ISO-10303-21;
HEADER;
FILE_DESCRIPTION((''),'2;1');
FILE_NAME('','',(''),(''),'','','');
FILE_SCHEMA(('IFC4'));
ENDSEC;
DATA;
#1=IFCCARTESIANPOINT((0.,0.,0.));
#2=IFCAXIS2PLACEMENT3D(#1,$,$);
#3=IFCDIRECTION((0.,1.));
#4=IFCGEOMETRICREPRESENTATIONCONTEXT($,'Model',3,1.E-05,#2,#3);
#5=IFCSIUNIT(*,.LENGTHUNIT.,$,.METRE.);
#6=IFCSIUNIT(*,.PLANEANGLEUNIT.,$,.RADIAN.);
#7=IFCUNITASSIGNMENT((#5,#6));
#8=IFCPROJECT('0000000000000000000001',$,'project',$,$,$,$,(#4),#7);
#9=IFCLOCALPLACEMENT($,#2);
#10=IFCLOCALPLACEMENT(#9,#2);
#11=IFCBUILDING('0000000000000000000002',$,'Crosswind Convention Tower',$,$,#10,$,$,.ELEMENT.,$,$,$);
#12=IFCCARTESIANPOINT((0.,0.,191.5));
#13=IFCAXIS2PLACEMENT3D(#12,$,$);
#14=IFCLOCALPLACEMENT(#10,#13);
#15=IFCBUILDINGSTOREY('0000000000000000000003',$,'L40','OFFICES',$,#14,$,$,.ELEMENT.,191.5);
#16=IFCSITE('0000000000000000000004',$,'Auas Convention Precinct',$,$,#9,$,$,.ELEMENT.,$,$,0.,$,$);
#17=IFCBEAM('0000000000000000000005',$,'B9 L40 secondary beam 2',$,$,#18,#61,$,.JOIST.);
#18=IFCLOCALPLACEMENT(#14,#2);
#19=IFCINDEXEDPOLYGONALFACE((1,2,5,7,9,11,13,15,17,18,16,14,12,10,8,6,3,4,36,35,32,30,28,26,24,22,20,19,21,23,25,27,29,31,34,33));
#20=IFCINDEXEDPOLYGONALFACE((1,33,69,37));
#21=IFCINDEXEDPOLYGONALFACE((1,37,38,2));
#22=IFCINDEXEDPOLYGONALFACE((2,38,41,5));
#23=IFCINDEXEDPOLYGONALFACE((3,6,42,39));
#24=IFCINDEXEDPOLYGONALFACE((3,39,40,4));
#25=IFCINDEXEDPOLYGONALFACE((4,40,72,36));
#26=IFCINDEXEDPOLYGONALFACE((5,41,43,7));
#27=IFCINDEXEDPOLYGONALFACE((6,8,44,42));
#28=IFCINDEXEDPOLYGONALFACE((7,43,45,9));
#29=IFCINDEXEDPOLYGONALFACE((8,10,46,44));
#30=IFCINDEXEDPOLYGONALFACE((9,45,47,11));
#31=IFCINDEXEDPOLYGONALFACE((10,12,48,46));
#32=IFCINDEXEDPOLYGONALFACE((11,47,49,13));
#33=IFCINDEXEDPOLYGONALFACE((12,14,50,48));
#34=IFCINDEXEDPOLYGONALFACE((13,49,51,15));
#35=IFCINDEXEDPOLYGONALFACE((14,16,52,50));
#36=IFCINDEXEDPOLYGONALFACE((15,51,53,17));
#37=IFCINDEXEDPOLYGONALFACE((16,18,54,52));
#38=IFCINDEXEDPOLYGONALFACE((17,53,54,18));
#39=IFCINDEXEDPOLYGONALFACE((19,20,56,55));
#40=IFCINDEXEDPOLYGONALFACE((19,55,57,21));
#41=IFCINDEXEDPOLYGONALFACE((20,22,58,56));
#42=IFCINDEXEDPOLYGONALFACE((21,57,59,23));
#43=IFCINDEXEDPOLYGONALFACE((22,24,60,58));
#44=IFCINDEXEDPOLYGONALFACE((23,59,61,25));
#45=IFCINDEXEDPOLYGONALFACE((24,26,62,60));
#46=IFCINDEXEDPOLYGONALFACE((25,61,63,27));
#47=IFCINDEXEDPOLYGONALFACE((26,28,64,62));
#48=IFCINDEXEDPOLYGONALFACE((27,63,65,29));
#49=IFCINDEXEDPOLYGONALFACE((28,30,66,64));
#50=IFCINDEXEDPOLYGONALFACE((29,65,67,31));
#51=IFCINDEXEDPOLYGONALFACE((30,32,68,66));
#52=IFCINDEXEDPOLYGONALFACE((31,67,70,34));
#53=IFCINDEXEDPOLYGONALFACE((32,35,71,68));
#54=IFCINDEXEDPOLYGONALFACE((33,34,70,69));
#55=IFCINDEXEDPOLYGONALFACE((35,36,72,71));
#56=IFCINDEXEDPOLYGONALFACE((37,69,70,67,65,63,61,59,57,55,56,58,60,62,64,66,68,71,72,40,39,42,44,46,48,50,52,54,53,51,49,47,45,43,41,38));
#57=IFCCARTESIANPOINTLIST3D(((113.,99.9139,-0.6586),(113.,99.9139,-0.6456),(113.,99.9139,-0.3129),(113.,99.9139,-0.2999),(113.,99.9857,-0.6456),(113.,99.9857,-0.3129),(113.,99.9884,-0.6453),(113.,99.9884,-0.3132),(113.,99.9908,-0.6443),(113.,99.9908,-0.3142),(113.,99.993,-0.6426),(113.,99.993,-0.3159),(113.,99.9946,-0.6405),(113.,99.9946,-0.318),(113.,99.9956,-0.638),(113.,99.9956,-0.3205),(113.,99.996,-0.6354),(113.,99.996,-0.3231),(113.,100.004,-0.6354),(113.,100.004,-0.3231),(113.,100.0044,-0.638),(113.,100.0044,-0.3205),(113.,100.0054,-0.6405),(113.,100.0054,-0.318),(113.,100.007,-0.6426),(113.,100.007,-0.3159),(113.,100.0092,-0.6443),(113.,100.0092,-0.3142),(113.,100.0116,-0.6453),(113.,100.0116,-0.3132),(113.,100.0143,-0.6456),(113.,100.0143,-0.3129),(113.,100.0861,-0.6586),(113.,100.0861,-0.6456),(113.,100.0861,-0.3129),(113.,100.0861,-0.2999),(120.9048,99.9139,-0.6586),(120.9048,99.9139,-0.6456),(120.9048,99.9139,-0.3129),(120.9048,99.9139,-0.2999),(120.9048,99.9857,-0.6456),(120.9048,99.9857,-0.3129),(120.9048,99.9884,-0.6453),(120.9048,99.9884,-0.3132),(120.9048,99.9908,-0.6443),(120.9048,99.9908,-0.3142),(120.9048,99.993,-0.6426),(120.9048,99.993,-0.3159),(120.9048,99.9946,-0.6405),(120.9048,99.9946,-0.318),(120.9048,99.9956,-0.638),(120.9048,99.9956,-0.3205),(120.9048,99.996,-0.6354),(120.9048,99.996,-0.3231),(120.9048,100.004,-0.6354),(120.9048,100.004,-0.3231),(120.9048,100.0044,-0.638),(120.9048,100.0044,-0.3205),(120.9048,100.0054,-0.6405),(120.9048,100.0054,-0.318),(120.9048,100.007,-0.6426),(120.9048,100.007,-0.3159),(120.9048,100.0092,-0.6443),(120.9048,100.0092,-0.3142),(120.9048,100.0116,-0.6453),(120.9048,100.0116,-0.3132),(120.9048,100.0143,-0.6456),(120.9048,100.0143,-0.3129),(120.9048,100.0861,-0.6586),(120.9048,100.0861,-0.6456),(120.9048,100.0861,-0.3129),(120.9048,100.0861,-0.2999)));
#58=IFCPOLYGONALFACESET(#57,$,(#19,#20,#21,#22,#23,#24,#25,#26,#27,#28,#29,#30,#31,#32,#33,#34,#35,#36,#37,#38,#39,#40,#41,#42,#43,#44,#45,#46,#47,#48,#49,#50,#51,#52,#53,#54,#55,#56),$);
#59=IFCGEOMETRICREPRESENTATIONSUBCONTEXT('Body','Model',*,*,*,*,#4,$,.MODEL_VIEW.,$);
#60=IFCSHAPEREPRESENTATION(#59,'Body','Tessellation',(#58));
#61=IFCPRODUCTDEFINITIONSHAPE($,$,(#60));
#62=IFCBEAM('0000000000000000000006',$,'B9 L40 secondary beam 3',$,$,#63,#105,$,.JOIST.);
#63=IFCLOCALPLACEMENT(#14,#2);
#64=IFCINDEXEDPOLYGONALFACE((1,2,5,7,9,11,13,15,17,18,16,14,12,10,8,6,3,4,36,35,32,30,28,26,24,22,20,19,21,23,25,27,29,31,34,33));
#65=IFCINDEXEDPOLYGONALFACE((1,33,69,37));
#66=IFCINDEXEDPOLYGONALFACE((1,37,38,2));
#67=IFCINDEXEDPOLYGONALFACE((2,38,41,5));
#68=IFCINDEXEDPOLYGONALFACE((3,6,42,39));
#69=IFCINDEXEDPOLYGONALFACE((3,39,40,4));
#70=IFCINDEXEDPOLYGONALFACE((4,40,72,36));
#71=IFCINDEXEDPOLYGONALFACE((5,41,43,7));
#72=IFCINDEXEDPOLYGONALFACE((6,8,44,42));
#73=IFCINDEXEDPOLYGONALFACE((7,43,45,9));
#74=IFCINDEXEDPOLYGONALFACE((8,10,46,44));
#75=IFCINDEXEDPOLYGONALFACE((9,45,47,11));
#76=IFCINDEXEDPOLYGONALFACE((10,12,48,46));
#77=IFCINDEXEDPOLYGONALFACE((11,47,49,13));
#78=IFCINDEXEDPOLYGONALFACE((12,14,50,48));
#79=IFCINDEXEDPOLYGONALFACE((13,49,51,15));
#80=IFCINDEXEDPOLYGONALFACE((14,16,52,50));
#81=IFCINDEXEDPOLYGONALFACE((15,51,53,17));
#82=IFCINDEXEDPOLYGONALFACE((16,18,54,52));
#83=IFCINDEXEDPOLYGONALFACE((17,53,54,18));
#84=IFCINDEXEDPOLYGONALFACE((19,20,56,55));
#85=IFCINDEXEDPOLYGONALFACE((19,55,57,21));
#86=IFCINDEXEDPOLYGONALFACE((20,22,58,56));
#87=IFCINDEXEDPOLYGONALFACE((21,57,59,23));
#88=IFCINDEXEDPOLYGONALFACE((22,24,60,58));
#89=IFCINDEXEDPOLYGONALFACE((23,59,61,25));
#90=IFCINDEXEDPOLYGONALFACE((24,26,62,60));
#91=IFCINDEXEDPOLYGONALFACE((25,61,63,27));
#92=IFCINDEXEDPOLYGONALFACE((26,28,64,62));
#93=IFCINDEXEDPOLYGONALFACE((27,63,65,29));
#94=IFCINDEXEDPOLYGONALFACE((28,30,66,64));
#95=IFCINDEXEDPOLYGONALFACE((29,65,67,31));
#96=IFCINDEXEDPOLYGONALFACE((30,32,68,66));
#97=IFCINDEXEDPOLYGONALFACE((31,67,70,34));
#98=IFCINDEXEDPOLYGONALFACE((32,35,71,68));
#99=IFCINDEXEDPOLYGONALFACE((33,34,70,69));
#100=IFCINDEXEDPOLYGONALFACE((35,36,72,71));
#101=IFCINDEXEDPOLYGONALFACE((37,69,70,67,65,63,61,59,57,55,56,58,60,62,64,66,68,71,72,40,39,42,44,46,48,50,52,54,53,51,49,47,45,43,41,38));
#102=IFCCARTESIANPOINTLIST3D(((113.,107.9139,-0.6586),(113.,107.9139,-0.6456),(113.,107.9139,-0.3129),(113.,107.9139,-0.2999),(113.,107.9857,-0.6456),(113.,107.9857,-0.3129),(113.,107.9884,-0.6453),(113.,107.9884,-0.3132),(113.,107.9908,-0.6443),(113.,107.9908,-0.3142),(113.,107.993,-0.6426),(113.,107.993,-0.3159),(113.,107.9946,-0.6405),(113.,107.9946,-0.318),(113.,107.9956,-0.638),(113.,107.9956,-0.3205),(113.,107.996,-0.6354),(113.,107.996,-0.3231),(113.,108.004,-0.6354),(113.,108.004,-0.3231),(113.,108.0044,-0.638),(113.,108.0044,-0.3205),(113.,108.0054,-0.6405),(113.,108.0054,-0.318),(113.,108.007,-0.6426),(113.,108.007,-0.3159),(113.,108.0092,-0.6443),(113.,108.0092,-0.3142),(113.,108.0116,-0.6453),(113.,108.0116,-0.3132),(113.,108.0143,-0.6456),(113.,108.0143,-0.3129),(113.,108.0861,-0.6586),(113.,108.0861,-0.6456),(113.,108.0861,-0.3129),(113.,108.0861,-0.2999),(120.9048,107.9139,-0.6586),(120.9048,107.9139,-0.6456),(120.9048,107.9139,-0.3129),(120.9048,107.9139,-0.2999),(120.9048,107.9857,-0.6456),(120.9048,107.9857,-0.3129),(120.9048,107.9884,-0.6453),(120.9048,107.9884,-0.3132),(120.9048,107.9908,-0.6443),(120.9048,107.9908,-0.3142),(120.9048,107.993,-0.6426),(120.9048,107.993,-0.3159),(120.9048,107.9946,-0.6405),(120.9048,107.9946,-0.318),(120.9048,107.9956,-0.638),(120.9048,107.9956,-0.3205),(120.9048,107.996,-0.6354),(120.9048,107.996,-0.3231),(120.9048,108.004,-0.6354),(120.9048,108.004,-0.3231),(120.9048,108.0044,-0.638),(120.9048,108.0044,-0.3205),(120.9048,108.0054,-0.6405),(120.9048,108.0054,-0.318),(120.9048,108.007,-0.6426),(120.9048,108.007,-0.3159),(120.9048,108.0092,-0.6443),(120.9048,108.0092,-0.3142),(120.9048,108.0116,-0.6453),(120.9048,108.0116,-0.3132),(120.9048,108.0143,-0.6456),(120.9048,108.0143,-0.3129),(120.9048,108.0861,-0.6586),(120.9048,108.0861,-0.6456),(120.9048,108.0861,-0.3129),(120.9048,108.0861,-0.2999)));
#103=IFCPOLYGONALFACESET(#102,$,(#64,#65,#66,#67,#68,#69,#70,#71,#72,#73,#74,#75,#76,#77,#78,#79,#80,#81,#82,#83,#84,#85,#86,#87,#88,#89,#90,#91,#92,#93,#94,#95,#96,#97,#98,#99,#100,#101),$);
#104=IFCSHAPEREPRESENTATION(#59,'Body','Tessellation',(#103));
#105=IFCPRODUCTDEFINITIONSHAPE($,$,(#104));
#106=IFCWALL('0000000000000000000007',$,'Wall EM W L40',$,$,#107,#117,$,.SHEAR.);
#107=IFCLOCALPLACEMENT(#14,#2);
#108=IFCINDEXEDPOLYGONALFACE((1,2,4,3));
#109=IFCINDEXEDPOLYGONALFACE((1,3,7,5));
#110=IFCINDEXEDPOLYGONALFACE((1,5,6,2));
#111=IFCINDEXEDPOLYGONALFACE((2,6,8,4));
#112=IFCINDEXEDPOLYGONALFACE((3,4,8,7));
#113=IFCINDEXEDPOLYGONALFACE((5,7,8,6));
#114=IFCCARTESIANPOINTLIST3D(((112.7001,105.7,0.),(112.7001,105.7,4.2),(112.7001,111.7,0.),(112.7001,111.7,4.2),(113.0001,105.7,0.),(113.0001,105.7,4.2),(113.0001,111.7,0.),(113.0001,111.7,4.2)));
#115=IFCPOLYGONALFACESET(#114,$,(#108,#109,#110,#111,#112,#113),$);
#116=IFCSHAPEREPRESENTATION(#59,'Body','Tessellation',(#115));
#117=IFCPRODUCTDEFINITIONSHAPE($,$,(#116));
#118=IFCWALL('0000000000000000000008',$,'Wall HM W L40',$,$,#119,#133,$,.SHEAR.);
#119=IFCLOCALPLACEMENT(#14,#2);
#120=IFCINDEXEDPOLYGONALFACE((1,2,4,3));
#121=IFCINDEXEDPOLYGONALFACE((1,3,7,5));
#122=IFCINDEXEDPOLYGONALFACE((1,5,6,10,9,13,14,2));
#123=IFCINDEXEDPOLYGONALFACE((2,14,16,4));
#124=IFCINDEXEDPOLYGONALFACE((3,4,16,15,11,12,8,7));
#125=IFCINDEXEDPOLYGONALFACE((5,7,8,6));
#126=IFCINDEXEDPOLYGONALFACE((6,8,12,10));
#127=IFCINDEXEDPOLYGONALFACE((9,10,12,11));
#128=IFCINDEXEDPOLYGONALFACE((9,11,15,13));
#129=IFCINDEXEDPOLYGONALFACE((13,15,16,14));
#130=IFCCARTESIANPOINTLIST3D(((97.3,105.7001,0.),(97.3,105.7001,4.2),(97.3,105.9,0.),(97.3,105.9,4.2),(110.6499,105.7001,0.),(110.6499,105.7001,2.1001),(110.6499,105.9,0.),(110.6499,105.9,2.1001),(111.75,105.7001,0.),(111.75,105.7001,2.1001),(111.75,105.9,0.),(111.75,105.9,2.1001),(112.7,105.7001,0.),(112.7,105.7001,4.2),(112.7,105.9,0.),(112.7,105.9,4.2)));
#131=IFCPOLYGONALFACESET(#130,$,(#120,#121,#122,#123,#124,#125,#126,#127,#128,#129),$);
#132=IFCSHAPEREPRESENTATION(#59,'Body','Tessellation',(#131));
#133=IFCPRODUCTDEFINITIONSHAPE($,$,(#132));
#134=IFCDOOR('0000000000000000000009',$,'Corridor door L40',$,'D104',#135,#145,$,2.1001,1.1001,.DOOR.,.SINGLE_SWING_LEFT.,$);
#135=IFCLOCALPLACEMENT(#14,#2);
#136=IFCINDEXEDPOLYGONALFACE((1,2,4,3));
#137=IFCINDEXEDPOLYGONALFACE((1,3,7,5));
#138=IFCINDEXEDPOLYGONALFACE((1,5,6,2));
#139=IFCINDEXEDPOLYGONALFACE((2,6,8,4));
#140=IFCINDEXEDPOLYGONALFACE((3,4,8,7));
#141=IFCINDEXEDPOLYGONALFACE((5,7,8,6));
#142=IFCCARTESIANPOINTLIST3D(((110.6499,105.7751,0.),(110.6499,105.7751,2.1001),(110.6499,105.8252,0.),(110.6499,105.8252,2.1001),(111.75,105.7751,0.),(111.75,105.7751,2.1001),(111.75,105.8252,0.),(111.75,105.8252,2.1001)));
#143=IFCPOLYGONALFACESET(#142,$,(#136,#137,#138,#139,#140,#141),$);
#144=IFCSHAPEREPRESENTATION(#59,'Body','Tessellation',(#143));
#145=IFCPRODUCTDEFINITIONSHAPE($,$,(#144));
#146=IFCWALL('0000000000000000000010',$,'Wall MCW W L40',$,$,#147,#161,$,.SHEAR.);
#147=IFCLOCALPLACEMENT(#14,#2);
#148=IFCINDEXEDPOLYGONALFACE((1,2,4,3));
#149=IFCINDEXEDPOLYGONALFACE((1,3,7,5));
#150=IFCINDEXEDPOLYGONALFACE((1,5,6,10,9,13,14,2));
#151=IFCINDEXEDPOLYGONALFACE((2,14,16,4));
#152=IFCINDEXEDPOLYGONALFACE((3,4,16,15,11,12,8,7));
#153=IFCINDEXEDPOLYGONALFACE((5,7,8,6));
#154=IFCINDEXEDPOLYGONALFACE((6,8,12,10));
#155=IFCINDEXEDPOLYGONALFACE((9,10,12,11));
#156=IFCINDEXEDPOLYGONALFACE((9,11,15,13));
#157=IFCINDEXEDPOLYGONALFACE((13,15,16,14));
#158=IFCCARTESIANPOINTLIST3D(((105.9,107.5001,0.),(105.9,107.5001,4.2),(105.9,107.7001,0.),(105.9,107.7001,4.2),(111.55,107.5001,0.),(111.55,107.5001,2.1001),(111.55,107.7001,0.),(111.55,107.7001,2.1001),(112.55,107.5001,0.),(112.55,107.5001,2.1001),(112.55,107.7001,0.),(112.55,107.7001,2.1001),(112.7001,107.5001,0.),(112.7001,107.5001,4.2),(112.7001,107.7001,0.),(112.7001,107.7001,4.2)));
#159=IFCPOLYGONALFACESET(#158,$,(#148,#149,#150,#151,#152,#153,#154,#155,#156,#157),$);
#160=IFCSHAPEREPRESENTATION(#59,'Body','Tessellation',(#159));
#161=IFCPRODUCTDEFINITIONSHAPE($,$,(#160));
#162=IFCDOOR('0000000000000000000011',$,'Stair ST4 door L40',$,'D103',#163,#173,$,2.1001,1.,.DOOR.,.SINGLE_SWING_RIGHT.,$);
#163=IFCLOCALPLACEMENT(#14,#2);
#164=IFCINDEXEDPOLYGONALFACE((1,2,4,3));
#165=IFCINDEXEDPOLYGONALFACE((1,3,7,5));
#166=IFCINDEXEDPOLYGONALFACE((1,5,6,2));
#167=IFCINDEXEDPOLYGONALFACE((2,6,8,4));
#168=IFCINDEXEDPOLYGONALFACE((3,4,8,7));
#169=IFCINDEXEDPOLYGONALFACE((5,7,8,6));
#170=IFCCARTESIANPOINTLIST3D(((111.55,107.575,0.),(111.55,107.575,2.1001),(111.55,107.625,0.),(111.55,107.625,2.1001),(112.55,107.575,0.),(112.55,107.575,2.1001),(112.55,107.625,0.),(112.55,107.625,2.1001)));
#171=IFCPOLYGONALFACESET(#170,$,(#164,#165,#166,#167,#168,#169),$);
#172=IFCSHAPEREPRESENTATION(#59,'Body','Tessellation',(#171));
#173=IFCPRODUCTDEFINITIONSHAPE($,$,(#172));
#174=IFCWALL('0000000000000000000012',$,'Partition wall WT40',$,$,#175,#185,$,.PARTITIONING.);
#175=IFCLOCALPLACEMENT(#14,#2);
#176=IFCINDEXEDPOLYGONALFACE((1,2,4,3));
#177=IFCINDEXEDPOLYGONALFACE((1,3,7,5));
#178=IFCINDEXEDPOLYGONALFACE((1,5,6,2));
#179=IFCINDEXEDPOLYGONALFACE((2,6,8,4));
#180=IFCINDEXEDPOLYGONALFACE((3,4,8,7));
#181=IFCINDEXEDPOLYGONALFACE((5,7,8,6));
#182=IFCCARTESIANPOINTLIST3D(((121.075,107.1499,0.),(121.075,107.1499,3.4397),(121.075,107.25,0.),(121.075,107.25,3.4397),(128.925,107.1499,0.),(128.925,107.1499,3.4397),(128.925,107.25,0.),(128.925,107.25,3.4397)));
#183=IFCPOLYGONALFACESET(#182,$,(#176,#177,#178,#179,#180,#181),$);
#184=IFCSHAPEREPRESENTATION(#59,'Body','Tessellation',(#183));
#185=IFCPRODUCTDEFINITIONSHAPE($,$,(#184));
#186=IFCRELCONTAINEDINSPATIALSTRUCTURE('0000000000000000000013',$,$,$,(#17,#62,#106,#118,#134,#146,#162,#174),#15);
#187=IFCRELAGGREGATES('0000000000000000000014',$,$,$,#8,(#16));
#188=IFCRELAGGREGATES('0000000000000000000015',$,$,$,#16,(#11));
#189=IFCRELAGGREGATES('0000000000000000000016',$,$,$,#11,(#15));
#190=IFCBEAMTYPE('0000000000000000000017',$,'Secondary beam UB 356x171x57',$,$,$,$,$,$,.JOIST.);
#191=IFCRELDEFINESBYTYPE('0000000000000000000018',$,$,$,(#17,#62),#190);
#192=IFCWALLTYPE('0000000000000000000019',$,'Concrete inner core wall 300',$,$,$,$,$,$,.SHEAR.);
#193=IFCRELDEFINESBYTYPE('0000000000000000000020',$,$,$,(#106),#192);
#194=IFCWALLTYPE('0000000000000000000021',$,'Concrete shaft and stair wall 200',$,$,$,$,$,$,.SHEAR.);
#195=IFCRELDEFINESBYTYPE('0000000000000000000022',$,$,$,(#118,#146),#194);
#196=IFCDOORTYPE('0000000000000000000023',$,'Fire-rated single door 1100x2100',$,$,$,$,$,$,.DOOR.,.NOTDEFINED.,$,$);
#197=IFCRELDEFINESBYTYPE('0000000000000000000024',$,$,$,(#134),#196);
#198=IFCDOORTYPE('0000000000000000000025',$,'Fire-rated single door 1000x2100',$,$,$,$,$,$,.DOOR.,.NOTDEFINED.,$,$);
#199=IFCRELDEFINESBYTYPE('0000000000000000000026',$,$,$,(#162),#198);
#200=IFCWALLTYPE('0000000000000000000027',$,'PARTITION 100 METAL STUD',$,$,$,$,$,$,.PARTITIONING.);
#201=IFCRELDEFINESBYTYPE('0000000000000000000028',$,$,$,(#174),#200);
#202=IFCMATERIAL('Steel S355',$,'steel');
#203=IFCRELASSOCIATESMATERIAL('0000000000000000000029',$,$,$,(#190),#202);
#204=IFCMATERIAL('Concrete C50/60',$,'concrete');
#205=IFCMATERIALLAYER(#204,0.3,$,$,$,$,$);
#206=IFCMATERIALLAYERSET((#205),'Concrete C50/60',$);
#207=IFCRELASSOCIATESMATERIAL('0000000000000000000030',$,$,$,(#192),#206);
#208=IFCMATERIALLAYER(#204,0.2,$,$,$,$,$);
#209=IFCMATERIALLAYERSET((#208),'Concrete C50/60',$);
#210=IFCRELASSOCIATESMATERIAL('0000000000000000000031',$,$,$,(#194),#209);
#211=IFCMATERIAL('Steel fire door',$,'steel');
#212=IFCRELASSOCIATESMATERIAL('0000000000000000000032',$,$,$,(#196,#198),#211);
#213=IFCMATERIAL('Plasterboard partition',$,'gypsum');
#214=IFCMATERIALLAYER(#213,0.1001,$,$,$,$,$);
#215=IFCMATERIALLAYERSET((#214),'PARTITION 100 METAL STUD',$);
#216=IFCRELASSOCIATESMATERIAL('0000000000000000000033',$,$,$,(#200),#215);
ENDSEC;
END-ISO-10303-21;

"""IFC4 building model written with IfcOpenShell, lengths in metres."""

from ifc_helpers import new_model, si_unit, direction, frame, frame_2d, origin, origin_2d, place, context, subcontext, project, spatial, rectangle, i_section, extrude, material, layer, layer_set, material_profile, profile_set, type_object, element, fill, save


model = new_model("IFC4")

# Units and contexts
model_context = context("Model", 3, precision=1e-05, world=origin(), true_north=direction((0.0, 1.0)))
body_context = subcontext(model_context, "Body", "Model", "MODEL_VIEW")
ifc_project = project(units=[si_unit("LENGTHUNIT", "METRE"), si_unit("PLANEANGLEUNIT", "RADIAN")], contexts=[model_context])

# Site, building, storey
site_placement = place(None, origin())
site = spatial("IfcSite", under=ifc_project, at=site_placement, Name="Auas Convention Precinct", CompositionType="ELEMENT", RefElevation=0.0)
building_placement = place(site_placement, origin())
building = spatial("IfcBuilding", under=site, at=building_placement, Name="Crosswind Convention Tower", CompositionType="ELEMENT")
storey_placement = place(building_placement, frame((0.0, 0.0, 191.5)))
storey = spatial("IfcBuildingStorey", under=building, at=storey_placement, Name="L40", Description="OFFICES", CompositionType="ELEMENT", Elevation=191.5)

# Beams
ifc_material_1 = material(Name="Steel S355", Category="steel")
ifc_material_profile_1 = material_profile(ifc_material_1, i_section(OverallWidth=0.1721, OverallDepth=0.3586, WebThickness=0.0081, FlangeThickness=0.0129, FilletRadius=0.0103, at=origin_2d()), Name="UB 356x171x57")
ifc_profile_set_1 = profile_set([ifc_material_profile_1], Name="Steel S355")
beam_type_1 = type_object("IfcBeamType", Name="Secondary beam UB 356x171x57", PredefinedType="JOIST", material=ifc_profile_set_1)
for number, where, z_axis, x_axis, name in (
    (1, (113.0, 100.0, -0.4792), (1.0, 0.0, 0.0), (0.0, 1.0, 0.0), "B9 L40 secondary beam 2"),
    (2, (113.0, 108.0, -0.4792), (1.0, 0.0, 0.0), (0.0, 1.0, 0.0), "B9 L40 secondary beam 3"),
):
    element("IfcBeam", number, at=place(storey_placement, frame(where, z_axis=z_axis, x_axis=x_axis)), inside=storey, type_object=beam_type_1, Name=name, PredefinedType="JOIST", context=body_context, shape_type="SweptSolid", body=[
        extrude(i_section(OverallWidth=0.1721, OverallDepth=0.3586, WebThickness=0.0081, FlangeThickness=0.0129, FilletRadius=0.0103, at=origin_2d()), origin(), (0.0, 0.0, 1.0), 7.9048),
    ])

# Shared definitions
ifc_material_2 = material(Name="Concrete C50/60", Category="concrete")
ifc_layer_1 = layer(ifc_material_2, 0.3)
ifc_layer_set_1 = layer_set([ifc_layer_1], Name="Concrete C50/60")
wall_type_1 = type_object("IfcWallType", Name="Concrete inner core wall 300", PredefinedType="SHEAR", material=ifc_layer_set_1)

# Wall
wall_1_placement = place(storey_placement, frame((112.8501, 111.7, 0.0), z_axis=(0.0, 0.0, 1.0), x_axis=(0.0, -1.0, 0.0)))
element("IfcWall", 3, at=wall_1_placement, inside=storey, type_object=wall_type_1, Name="Wall EM W L40", PredefinedType="SHEAR", context=body_context, shape_type="SweptSolid", body=[
    extrude(rectangle(XDim=6.0, YDim=0.3, at=frame_2d((3.0, 0.0))), origin(), (0.0, 0.0, 1.0), 4.2),
])

# Walls, openings, doors
ifc_layer_2 = layer(ifc_material_2, 0.2)
ifc_layer_set_2 = layer_set([ifc_layer_2], Name="Concrete C50/60")
wall_type_2 = type_object("IfcWallType", Name="Concrete shaft and stair wall 200", PredefinedType="SHEAR", material=ifc_layer_set_2)
wall_2_placement = place(storey_placement, frame((112.7, 105.8, 0.0), z_axis=(0.0, 0.0, 1.0), x_axis=(-1.0, 0.0, 0.0)))
wall_2 = element("IfcWall", 4, at=wall_2_placement, inside=storey, type_object=wall_type_2, Name="Wall HM W L40", PredefinedType="SHEAR", context=body_context, shape_type="SweptSolid", body=[
    extrude(rectangle(XDim=15.3999, YDim=0.2, at=frame_2d((7.7, 0.0))), origin(), (0.0, 0.0, 1.0), 4.2),
])
opening_1_placement = place(wall_2_placement, frame((0.95, 0.0, 0.0)))
opening_1 = element("IfcOpeningElement", 5, at=opening_1_placement, cuts=wall_2, PredefinedType="OPENING", context=body_context, shape_type="SweptSolid", body=[
    extrude(rectangle(XDim=1.1001, YDim=2.1001, at=frame_2d((0.55, 1.05))), frame((0.0, 0.1099, 0.0), z_axis=(0.0, -1.0, 0.0), x_axis=(1.0, 0.0, 0.0)), (0.0, 0.0, 1.0), 0.22),
])
ifc_material_3 = material(Name="Steel fire door", Category="steel")
door_type_1 = type_object("IfcDoorType", Name="Fire-rated single door 1100x2100", OperationType="NOTDEFINED", PredefinedType="DOOR", material=ifc_material_3)
door_1_placement = place(opening_1_placement, origin())
door_1 = element("IfcDoor", 6, at=door_1_placement, inside=storey, type_object=door_type_1, Name="Corridor door L40", ObjectType="D104", OperationType="SINGLE_SWING_LEFT", OverallHeight=2.1001, OverallWidth=1.1001, PredefinedType="DOOR", context=body_context, shape_type="SweptSolid", body=[
    extrude(rectangle(XDim=1.1001, YDim=2.1001, at=frame_2d((0.55, 1.05))), frame((0.0, 0.0249, 0.0), z_axis=(0.0, -1.0, 0.0), x_axis=(1.0, 0.0, 0.0)), (0.0, 0.0, 1.0), 0.05),
])
fill(opening_1, door_1)
wall_3_placement = place(storey_placement, frame((112.7, 107.6001, 0.0), z_axis=(0.0, 0.0, 1.0), x_axis=(-1.0, 0.0, 0.0)))
wall_3 = element("IfcWall", 7, at=wall_3_placement, inside=storey, type_object=wall_type_2, Name="Wall MCW W L40", PredefinedType="SHEAR", context=body_context, shape_type="SweptSolid", body=[
    extrude(rectangle(XDim=6.8, YDim=0.2, at=frame_2d((3.3999, 0.0))), origin(), (0.0, 0.0, 1.0), 4.2),
])
opening_2_placement = place(wall_3_placement, frame((0.1499, 0.0, 0.0)))
opening_2 = element("IfcOpeningElement", 8, at=opening_2_placement, cuts=wall_3, PredefinedType="OPENING", context=body_context, shape_type="SweptSolid", body=[
    extrude(rectangle(XDim=1.0, YDim=2.1001, at=frame_2d((0.5, 1.05))), frame((0.0, 0.1099, 0.0), z_axis=(0.0, -1.0, 0.0), x_axis=(1.0, 0.0, 0.0)), (0.0, 0.0, 1.0), 0.22),
])
door_type_2 = type_object("IfcDoorType", Name="Fire-rated single door 1000x2100", OperationType="NOTDEFINED", PredefinedType="DOOR", material=ifc_material_3)
door_2_placement = place(opening_2_placement, frame((1.0, 0.0, 0.0), z_axis=(0.0, 0.0, 1.0), x_axis=(-1.0, 0.0, 0.0)))
door_2 = element("IfcDoor", 9, at=door_2_placement, inside=storey, type_object=door_type_2, Name="Stair ST4 door L40", ObjectType="D103", OperationType="SINGLE_SWING_RIGHT", OverallHeight=2.1001, OverallWidth=1.0, PredefinedType="DOOR", context=body_context, shape_type="SweptSolid", body=[
    extrude(rectangle(XDim=1.0, YDim=2.1001, at=frame_2d((0.5, 1.05))), frame((0.0, 0.0249, 0.0), z_axis=(0.0, -1.0, 0.0), x_axis=(1.0, 0.0, 0.0)), (0.0, 0.0, 1.0), 0.05),
])
fill(opening_2, door_2)

# Wall
ifc_material_4 = material(Name="Plasterboard partition", Category="gypsum")
ifc_layer_3 = layer(ifc_material_4, 0.1001)
ifc_layer_set_3 = layer_set([ifc_layer_3], Name="PARTITION 100 METAL STUD")
wall_type_3 = type_object("IfcWallType", Name="PARTITION 100 METAL STUD", PredefinedType="PARTITIONING", material=ifc_layer_set_3)
wall_4_placement = place(storey_placement, frame((121.075, 107.2, 0.0), z_axis=(0.0, 0.0, 1.0), x_axis=(1.0, 0.0, 0.0)))
element("IfcWall", 10, at=wall_4_placement, inside=storey, type_object=wall_type_3, Name="Partition wall WT40", PredefinedType="PARTITIONING", context=body_context, shape_type="SweptSolid", body=[
    extrude(rectangle(XDim=7.8501, YDim=0.1001, at=frame_2d((3.925, 0.0))), origin(), (0.0, 0.0, 1.0), 3.4397),
])

save(model, "model.ifc")
